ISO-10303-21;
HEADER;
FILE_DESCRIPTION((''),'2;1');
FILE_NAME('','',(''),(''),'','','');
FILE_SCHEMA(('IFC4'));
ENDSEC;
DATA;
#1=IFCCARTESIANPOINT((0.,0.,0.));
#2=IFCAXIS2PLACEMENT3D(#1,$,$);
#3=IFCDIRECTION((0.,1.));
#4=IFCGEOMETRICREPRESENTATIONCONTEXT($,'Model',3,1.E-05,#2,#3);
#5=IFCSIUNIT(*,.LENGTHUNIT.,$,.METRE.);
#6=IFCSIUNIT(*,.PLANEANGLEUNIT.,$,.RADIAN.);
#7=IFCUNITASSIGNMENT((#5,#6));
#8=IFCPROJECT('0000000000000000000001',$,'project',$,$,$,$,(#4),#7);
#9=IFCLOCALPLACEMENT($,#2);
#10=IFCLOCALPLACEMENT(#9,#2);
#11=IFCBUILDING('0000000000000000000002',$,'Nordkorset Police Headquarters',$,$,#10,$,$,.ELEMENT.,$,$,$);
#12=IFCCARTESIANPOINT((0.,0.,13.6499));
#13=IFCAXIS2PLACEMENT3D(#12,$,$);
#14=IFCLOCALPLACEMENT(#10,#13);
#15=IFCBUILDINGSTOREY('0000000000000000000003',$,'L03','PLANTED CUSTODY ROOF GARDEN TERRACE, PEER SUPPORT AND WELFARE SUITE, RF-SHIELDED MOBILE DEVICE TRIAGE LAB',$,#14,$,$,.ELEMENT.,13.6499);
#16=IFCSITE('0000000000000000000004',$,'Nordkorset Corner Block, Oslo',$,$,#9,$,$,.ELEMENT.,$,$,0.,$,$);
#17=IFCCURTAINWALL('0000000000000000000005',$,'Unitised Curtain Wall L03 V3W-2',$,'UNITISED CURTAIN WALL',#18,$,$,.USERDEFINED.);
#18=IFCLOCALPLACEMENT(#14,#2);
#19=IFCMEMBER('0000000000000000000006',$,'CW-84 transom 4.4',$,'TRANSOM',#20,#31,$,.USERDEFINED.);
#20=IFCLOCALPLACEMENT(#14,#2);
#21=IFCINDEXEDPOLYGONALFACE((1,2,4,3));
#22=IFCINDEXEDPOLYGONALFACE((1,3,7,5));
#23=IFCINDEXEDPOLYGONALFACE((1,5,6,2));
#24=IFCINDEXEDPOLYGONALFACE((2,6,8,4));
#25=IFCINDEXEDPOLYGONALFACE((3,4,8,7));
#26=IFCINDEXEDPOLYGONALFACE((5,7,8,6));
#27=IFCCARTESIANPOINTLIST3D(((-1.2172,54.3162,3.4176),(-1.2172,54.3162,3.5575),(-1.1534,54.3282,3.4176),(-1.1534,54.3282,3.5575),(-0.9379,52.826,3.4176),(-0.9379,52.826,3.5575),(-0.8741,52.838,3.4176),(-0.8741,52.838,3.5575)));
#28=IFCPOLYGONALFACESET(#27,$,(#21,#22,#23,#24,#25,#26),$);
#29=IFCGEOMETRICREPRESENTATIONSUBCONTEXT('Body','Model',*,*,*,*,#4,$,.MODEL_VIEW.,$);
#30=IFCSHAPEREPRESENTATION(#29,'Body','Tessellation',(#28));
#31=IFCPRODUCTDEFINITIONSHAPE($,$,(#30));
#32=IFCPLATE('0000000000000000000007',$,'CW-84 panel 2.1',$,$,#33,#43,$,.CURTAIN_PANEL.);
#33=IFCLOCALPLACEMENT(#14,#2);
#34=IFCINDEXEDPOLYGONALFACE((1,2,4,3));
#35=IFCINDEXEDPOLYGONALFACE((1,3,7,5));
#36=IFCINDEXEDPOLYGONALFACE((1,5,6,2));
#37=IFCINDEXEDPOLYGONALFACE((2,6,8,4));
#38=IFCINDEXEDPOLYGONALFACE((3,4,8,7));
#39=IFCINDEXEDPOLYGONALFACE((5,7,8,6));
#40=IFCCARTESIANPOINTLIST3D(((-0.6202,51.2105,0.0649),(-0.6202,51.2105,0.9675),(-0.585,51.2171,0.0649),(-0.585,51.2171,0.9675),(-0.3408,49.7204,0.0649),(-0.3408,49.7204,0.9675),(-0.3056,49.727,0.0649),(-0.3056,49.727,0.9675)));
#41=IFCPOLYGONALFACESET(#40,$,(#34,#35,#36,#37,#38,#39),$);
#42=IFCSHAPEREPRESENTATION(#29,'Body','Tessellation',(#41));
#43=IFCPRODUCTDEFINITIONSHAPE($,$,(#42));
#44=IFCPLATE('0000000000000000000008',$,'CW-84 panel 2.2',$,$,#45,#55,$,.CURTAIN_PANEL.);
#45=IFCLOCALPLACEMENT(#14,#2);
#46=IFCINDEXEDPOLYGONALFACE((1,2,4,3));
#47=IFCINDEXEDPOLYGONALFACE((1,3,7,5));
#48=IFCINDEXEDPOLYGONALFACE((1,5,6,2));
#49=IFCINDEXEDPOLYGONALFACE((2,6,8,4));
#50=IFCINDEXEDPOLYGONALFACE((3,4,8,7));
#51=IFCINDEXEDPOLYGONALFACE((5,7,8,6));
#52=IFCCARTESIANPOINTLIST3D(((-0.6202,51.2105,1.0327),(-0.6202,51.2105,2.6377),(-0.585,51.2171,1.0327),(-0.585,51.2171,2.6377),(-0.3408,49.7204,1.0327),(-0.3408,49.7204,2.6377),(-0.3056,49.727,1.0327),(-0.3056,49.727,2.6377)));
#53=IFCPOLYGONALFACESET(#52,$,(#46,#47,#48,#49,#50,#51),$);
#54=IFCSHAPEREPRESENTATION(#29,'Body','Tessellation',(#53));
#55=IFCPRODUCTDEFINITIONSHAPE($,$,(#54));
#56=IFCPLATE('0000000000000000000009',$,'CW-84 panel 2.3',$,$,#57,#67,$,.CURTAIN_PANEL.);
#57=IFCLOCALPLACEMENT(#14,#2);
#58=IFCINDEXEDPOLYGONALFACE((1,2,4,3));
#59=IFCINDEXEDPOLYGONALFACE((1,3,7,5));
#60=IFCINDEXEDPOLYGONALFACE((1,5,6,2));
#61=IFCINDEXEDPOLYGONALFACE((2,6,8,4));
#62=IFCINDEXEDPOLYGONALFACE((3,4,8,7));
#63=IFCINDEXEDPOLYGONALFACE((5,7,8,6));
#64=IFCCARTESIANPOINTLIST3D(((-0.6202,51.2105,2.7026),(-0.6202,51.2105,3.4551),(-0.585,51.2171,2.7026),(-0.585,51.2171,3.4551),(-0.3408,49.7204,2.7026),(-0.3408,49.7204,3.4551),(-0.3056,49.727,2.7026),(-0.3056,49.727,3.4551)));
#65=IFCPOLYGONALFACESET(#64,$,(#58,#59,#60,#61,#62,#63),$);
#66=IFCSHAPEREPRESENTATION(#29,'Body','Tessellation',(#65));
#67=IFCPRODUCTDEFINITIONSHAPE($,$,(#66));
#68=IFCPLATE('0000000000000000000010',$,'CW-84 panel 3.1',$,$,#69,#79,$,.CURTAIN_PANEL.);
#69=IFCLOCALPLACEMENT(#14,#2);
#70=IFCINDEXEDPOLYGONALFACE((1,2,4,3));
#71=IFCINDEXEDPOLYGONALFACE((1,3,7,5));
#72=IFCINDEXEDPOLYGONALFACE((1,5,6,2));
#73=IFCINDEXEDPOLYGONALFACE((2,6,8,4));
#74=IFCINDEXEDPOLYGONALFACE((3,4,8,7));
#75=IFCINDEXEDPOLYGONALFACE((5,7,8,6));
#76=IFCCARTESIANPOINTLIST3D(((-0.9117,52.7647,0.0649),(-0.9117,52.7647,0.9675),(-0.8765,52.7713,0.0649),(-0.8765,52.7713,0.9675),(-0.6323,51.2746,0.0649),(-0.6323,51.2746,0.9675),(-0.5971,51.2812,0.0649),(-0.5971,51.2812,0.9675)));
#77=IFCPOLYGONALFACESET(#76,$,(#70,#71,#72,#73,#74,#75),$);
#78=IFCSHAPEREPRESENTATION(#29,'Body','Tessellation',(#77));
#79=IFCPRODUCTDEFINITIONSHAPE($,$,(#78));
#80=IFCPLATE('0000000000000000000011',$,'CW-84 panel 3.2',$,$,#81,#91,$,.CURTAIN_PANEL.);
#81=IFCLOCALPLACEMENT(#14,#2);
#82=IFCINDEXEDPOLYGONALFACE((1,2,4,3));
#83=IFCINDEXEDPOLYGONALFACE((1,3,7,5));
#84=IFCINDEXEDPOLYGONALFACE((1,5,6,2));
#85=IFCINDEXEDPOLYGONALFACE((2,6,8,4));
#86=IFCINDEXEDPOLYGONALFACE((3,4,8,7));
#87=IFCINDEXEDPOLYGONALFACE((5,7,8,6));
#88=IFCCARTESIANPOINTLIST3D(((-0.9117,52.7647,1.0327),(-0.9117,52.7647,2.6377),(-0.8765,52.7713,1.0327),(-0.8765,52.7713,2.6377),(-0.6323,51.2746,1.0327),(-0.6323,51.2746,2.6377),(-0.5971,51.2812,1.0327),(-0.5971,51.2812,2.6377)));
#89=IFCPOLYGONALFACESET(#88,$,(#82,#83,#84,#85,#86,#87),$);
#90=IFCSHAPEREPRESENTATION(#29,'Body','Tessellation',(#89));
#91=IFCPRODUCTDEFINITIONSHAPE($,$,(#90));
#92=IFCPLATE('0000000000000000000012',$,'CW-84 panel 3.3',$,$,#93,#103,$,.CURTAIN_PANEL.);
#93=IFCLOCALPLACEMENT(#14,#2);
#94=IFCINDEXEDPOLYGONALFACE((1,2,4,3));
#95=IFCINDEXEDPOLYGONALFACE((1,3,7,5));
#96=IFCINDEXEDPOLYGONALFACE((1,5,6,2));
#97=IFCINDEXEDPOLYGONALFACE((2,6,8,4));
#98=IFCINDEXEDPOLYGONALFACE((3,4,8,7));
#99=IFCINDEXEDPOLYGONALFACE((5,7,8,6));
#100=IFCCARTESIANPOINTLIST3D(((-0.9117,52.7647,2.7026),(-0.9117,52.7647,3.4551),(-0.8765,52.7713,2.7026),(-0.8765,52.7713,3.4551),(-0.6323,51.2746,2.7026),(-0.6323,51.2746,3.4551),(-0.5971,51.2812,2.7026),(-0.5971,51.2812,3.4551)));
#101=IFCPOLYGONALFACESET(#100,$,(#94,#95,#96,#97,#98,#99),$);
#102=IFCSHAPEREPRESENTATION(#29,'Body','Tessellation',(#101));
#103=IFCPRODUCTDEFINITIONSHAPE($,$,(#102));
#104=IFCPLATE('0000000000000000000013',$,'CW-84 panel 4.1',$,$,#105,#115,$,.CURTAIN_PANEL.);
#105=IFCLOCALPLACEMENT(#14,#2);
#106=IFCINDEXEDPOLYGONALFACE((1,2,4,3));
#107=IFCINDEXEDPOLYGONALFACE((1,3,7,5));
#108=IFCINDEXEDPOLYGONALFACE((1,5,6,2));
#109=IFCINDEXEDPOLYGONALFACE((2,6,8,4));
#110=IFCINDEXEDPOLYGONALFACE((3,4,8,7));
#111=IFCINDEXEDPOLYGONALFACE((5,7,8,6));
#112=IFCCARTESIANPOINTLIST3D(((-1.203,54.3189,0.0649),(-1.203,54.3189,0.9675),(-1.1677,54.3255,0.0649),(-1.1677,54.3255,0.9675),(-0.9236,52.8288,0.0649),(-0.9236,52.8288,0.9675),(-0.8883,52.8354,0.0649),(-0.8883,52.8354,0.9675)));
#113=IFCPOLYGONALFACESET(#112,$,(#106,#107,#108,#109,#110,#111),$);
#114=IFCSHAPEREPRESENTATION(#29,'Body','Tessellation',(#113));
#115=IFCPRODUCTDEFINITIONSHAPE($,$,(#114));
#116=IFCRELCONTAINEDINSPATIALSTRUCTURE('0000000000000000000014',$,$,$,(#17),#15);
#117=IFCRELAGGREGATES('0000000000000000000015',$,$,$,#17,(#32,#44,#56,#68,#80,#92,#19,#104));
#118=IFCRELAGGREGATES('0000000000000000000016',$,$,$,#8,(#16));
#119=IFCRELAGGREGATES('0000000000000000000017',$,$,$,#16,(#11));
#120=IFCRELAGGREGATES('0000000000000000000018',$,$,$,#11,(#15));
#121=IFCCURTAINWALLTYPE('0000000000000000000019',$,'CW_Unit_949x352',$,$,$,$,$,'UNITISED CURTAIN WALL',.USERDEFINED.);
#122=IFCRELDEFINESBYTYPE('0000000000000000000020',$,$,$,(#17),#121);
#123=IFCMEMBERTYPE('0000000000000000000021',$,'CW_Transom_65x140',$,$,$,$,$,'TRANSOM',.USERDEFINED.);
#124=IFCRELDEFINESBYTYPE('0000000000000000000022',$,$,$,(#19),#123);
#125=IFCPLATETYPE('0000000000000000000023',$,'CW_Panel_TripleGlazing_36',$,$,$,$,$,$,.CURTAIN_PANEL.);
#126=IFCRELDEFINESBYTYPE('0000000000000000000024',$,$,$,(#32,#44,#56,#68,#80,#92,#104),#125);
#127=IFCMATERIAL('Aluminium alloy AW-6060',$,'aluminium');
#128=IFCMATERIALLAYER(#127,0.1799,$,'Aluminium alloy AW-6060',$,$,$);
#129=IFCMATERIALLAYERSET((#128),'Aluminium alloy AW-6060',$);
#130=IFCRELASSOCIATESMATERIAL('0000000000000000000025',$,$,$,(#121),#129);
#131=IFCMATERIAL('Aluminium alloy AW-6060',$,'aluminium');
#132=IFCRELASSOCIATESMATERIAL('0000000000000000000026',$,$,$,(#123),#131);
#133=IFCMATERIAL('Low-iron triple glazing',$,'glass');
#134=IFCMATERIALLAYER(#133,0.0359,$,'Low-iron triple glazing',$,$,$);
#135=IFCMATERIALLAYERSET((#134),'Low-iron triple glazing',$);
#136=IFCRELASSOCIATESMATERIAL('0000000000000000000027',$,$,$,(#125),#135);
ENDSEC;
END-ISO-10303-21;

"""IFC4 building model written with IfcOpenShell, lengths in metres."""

from ifc_helpers import new_model, si_unit, direction, frame, origin, origin_2d, place, context, subcontext, project, spatial, rectangle, extrude, material, layer, layer_set, material_profile, profile_set, type_object, element, aggregate, save


model = new_model("IFC4")

# Units and contexts
model_context = context("Model", 3, precision=1e-05, world=origin(), true_north=direction((0.0, 1.0)))
body_context = subcontext(model_context, "Body", "Model", "MODEL_VIEW")
ifc_project = project(units=[si_unit("LENGTHUNIT", "METRE"), si_unit("PLANEANGLEUNIT", "RADIAN")], contexts=[model_context])

# Site, building, storey
site_placement = place(None, origin())
site = spatial("IfcSite", under=ifc_project, at=site_placement, Name="Nordkorset Corner Block, Oslo", CompositionType="ELEMENT", RefElevation=0.0)
building_placement = place(site_placement, origin())
building = spatial("IfcBuilding", under=site, at=building_placement, Name="Nordkorset Police Headquarters", CompositionType="ELEMENT")
storey_placement = place(building_placement, frame((0.0, 0.0, 13.6499)))
storey = spatial("IfcBuildingStorey", under=building, at=storey_placement, Name="L03", Description="PLANTED CUSTODY ROOF GARDEN TERRACE, PEER SUPPORT AND WELFARE SUITE, RF-SHIELDED MOBILE DEVICE TRIAGE LAB", CompositionType="ELEMENT", Elevation=13.6499)

# Curtain wall, member, plates
ifc_material_1 = material(Name="Aluminium alloy AW-6060", Category="aluminium")
ifc_layer_1 = layer(ifc_material_1, 0.1799, Name="Aluminium alloy AW-6060")
ifc_layer_set_1 = layer_set([ifc_layer_1], Name="Aluminium alloy AW-6060")
curtain_wall_type = type_object("IfcCurtainWallType", Name="CW_Unit_949x352", ElementType="UNITISED CURTAIN WALL", PredefinedType="USERDEFINED", material=ifc_layer_set_1)
curtain_wall_placement = place(storey_placement, origin())
curtain_wall = element("IfcCurtainWall", 1, at=curtain_wall_placement, inside=storey, type_object=curtain_wall_type, Name="Unitised Curtain Wall L03 V3W-2", ObjectType="UNITISED CURTAIN WALL", PredefinedType="USERDEFINED")
ifc_material_2 = material(Name="Aluminium alloy AW-6060", Category="aluminium")
ifc_material_profile_1 = material_profile(ifc_material_2, rectangle(XDim=0.0649, YDim=0.1399, at=origin_2d()), Name="ALU TRAN 65x140")
ifc_profile_set_1 = profile_set([ifc_material_profile_1], Name="Aluminium alloy AW-6060")
member_type_1 = type_object("IfcMemberType", Name="CW_Transom_65x140", ElementType="TRANSOM", PredefinedType="USERDEFINED", material=ifc_profile_set_1)
member_1_placement = place(storey_placement, frame((-0.906, 52.832, 3.4875), z_axis=(-0.184211, 0.982887, 0.0), x_axis=(-0.982887, -0.184211, 0.0)))
member_1 = element("IfcMember", 2, at=member_1_placement, type_object=member_type_1, Name="CW-84 transom 4.4", ObjectType="TRANSOM", PredefinedType="USERDEFINED", context=body_context, shape_type="SweptSolid", body=[
    extrude(rectangle(XDim=0.0649, YDim=0.1399, at=origin_2d()), origin(), (0.0, 0.0, 1.0), 1.5161),
])
ifc_material_3 = material(Name="Low-iron triple glazing", Category="glass")
ifc_layer_2 = layer(ifc_material_3, 0.0359, Name="Low-iron triple glazing")
ifc_layer_set_2 = layer_set([ifc_layer_2], Name="Low-iron triple glazing")
plate_type = type_object("IfcPlateType", Name="CW_Panel_TripleGlazing_36", PredefinedType="CURTAIN_PANEL", material=ifc_layer_set_2)
plate_1_placement = place(storey_placement, frame((-0.4629, 50.4688, 0.0649), z_axis=(0.0, 0.0, 1.0), x_axis=(-0.184289, 0.982872, 0.0)))
plate_1 = element("IfcPlate", 3, at=plate_1_placement, type_object=plate_type, Name="CW-84 panel 2.1", PredefinedType="CURTAIN_PANEL", context=body_context, shape_type="SweptSolid", body=[
    extrude(rectangle(XDim=1.5161, YDim=0.0359, at=origin_2d()), origin(), (0.0, 0.0, 1.0), 0.9026),
])
plate_2_placement = place(storey_placement, frame((-0.4629, 50.4688, 1.0327), z_axis=(0.0, 0.0, 1.0), x_axis=(-0.184289, 0.982872, 0.0)))
plate_2 = element("IfcPlate", 4, at=plate_2_placement, type_object=plate_type, Name="CW-84 panel 2.2", PredefinedType="CURTAIN_PANEL", context=body_context, shape_type="SweptSolid", body=[
    extrude(rectangle(XDim=1.5161, YDim=0.0359, at=origin_2d()), origin(), (0.0, 0.0, 1.0), 1.605),
])
plate_3_placement = place(storey_placement, frame((-0.4629, 50.4688, 2.7026), z_axis=(0.0, 0.0, 1.0), x_axis=(-0.184289, 0.982872, 0.0)))
plate_3 = element("IfcPlate", 5, at=plate_3_placement, type_object=plate_type, Name="CW-84 panel 2.3", PredefinedType="CURTAIN_PANEL", context=body_context, shape_type="SweptSolid", body=[
    extrude(rectangle(XDim=1.5161, YDim=0.0359, at=origin_2d()), origin(), (0.0, 0.0, 1.0), 0.7524),
])
plate_4_placement = place(storey_placement, frame((-0.7544, 52.0229, 0.0649), z_axis=(0.0, 0.0, 1.0), x_axis=(-0.184289, 0.982872, 0.0)))
plate_4 = element("IfcPlate", 6, at=plate_4_placement, type_object=plate_type, Name="CW-84 panel 3.1", PredefinedType="CURTAIN_PANEL", context=body_context, shape_type="SweptSolid", body=[
    extrude(rectangle(XDim=1.5161, YDim=0.0359, at=origin_2d()), origin(), (0.0, 0.0, 1.0), 0.9026),
])
plate_5_placement = place(storey_placement, frame((-0.7544, 52.0229, 1.0327), z_axis=(0.0, 0.0, 1.0), x_axis=(-0.184289, 0.982872, 0.0)))
plate_5 = element("IfcPlate", 7, at=plate_5_placement, type_object=plate_type, Name="CW-84 panel 3.2", PredefinedType="CURTAIN_PANEL", context=body_context, shape_type="SweptSolid", body=[
    extrude(rectangle(XDim=1.5161, YDim=0.0359, at=origin_2d()), origin(), (0.0, 0.0, 1.0), 1.605),
])
plate_6_placement = place(storey_placement, frame((-0.7544, 52.0229, 2.7026), z_axis=(0.0, 0.0, 1.0), x_axis=(-0.184289, 0.982872, 0.0)))
plate_6 = element("IfcPlate", 8, at=plate_6_placement, type_object=plate_type, Name="CW-84 panel 3.3", PredefinedType="CURTAIN_PANEL", context=body_context, shape_type="SweptSolid", body=[
    extrude(rectangle(XDim=1.5161, YDim=0.0359, at=origin_2d()), origin(), (0.0, 0.0, 1.0), 0.7524),
])
plate_7_placement = place(storey_placement, frame((-1.0457, 53.5771, 0.0649), z_axis=(0.0, 0.0, 1.0), x_axis=(-0.184289, 0.982872, 0.0)))
plate_7 = element("IfcPlate", 9, at=plate_7_placement, type_object=plate_type, Name="CW-84 panel 4.1", PredefinedType="CURTAIN_PANEL", context=body_context, shape_type="SweptSolid", body=[
    extrude(rectangle(XDim=1.5161, YDim=0.0359, at=origin_2d()), origin(), (0.0, 0.0, 1.0), 0.9026),
])
aggregate(curtain_wall, [plate_1, plate_2, plate_3, plate_4, plate_5, plate_6, member_1, plate_7])

save(model, "model.ifc")
